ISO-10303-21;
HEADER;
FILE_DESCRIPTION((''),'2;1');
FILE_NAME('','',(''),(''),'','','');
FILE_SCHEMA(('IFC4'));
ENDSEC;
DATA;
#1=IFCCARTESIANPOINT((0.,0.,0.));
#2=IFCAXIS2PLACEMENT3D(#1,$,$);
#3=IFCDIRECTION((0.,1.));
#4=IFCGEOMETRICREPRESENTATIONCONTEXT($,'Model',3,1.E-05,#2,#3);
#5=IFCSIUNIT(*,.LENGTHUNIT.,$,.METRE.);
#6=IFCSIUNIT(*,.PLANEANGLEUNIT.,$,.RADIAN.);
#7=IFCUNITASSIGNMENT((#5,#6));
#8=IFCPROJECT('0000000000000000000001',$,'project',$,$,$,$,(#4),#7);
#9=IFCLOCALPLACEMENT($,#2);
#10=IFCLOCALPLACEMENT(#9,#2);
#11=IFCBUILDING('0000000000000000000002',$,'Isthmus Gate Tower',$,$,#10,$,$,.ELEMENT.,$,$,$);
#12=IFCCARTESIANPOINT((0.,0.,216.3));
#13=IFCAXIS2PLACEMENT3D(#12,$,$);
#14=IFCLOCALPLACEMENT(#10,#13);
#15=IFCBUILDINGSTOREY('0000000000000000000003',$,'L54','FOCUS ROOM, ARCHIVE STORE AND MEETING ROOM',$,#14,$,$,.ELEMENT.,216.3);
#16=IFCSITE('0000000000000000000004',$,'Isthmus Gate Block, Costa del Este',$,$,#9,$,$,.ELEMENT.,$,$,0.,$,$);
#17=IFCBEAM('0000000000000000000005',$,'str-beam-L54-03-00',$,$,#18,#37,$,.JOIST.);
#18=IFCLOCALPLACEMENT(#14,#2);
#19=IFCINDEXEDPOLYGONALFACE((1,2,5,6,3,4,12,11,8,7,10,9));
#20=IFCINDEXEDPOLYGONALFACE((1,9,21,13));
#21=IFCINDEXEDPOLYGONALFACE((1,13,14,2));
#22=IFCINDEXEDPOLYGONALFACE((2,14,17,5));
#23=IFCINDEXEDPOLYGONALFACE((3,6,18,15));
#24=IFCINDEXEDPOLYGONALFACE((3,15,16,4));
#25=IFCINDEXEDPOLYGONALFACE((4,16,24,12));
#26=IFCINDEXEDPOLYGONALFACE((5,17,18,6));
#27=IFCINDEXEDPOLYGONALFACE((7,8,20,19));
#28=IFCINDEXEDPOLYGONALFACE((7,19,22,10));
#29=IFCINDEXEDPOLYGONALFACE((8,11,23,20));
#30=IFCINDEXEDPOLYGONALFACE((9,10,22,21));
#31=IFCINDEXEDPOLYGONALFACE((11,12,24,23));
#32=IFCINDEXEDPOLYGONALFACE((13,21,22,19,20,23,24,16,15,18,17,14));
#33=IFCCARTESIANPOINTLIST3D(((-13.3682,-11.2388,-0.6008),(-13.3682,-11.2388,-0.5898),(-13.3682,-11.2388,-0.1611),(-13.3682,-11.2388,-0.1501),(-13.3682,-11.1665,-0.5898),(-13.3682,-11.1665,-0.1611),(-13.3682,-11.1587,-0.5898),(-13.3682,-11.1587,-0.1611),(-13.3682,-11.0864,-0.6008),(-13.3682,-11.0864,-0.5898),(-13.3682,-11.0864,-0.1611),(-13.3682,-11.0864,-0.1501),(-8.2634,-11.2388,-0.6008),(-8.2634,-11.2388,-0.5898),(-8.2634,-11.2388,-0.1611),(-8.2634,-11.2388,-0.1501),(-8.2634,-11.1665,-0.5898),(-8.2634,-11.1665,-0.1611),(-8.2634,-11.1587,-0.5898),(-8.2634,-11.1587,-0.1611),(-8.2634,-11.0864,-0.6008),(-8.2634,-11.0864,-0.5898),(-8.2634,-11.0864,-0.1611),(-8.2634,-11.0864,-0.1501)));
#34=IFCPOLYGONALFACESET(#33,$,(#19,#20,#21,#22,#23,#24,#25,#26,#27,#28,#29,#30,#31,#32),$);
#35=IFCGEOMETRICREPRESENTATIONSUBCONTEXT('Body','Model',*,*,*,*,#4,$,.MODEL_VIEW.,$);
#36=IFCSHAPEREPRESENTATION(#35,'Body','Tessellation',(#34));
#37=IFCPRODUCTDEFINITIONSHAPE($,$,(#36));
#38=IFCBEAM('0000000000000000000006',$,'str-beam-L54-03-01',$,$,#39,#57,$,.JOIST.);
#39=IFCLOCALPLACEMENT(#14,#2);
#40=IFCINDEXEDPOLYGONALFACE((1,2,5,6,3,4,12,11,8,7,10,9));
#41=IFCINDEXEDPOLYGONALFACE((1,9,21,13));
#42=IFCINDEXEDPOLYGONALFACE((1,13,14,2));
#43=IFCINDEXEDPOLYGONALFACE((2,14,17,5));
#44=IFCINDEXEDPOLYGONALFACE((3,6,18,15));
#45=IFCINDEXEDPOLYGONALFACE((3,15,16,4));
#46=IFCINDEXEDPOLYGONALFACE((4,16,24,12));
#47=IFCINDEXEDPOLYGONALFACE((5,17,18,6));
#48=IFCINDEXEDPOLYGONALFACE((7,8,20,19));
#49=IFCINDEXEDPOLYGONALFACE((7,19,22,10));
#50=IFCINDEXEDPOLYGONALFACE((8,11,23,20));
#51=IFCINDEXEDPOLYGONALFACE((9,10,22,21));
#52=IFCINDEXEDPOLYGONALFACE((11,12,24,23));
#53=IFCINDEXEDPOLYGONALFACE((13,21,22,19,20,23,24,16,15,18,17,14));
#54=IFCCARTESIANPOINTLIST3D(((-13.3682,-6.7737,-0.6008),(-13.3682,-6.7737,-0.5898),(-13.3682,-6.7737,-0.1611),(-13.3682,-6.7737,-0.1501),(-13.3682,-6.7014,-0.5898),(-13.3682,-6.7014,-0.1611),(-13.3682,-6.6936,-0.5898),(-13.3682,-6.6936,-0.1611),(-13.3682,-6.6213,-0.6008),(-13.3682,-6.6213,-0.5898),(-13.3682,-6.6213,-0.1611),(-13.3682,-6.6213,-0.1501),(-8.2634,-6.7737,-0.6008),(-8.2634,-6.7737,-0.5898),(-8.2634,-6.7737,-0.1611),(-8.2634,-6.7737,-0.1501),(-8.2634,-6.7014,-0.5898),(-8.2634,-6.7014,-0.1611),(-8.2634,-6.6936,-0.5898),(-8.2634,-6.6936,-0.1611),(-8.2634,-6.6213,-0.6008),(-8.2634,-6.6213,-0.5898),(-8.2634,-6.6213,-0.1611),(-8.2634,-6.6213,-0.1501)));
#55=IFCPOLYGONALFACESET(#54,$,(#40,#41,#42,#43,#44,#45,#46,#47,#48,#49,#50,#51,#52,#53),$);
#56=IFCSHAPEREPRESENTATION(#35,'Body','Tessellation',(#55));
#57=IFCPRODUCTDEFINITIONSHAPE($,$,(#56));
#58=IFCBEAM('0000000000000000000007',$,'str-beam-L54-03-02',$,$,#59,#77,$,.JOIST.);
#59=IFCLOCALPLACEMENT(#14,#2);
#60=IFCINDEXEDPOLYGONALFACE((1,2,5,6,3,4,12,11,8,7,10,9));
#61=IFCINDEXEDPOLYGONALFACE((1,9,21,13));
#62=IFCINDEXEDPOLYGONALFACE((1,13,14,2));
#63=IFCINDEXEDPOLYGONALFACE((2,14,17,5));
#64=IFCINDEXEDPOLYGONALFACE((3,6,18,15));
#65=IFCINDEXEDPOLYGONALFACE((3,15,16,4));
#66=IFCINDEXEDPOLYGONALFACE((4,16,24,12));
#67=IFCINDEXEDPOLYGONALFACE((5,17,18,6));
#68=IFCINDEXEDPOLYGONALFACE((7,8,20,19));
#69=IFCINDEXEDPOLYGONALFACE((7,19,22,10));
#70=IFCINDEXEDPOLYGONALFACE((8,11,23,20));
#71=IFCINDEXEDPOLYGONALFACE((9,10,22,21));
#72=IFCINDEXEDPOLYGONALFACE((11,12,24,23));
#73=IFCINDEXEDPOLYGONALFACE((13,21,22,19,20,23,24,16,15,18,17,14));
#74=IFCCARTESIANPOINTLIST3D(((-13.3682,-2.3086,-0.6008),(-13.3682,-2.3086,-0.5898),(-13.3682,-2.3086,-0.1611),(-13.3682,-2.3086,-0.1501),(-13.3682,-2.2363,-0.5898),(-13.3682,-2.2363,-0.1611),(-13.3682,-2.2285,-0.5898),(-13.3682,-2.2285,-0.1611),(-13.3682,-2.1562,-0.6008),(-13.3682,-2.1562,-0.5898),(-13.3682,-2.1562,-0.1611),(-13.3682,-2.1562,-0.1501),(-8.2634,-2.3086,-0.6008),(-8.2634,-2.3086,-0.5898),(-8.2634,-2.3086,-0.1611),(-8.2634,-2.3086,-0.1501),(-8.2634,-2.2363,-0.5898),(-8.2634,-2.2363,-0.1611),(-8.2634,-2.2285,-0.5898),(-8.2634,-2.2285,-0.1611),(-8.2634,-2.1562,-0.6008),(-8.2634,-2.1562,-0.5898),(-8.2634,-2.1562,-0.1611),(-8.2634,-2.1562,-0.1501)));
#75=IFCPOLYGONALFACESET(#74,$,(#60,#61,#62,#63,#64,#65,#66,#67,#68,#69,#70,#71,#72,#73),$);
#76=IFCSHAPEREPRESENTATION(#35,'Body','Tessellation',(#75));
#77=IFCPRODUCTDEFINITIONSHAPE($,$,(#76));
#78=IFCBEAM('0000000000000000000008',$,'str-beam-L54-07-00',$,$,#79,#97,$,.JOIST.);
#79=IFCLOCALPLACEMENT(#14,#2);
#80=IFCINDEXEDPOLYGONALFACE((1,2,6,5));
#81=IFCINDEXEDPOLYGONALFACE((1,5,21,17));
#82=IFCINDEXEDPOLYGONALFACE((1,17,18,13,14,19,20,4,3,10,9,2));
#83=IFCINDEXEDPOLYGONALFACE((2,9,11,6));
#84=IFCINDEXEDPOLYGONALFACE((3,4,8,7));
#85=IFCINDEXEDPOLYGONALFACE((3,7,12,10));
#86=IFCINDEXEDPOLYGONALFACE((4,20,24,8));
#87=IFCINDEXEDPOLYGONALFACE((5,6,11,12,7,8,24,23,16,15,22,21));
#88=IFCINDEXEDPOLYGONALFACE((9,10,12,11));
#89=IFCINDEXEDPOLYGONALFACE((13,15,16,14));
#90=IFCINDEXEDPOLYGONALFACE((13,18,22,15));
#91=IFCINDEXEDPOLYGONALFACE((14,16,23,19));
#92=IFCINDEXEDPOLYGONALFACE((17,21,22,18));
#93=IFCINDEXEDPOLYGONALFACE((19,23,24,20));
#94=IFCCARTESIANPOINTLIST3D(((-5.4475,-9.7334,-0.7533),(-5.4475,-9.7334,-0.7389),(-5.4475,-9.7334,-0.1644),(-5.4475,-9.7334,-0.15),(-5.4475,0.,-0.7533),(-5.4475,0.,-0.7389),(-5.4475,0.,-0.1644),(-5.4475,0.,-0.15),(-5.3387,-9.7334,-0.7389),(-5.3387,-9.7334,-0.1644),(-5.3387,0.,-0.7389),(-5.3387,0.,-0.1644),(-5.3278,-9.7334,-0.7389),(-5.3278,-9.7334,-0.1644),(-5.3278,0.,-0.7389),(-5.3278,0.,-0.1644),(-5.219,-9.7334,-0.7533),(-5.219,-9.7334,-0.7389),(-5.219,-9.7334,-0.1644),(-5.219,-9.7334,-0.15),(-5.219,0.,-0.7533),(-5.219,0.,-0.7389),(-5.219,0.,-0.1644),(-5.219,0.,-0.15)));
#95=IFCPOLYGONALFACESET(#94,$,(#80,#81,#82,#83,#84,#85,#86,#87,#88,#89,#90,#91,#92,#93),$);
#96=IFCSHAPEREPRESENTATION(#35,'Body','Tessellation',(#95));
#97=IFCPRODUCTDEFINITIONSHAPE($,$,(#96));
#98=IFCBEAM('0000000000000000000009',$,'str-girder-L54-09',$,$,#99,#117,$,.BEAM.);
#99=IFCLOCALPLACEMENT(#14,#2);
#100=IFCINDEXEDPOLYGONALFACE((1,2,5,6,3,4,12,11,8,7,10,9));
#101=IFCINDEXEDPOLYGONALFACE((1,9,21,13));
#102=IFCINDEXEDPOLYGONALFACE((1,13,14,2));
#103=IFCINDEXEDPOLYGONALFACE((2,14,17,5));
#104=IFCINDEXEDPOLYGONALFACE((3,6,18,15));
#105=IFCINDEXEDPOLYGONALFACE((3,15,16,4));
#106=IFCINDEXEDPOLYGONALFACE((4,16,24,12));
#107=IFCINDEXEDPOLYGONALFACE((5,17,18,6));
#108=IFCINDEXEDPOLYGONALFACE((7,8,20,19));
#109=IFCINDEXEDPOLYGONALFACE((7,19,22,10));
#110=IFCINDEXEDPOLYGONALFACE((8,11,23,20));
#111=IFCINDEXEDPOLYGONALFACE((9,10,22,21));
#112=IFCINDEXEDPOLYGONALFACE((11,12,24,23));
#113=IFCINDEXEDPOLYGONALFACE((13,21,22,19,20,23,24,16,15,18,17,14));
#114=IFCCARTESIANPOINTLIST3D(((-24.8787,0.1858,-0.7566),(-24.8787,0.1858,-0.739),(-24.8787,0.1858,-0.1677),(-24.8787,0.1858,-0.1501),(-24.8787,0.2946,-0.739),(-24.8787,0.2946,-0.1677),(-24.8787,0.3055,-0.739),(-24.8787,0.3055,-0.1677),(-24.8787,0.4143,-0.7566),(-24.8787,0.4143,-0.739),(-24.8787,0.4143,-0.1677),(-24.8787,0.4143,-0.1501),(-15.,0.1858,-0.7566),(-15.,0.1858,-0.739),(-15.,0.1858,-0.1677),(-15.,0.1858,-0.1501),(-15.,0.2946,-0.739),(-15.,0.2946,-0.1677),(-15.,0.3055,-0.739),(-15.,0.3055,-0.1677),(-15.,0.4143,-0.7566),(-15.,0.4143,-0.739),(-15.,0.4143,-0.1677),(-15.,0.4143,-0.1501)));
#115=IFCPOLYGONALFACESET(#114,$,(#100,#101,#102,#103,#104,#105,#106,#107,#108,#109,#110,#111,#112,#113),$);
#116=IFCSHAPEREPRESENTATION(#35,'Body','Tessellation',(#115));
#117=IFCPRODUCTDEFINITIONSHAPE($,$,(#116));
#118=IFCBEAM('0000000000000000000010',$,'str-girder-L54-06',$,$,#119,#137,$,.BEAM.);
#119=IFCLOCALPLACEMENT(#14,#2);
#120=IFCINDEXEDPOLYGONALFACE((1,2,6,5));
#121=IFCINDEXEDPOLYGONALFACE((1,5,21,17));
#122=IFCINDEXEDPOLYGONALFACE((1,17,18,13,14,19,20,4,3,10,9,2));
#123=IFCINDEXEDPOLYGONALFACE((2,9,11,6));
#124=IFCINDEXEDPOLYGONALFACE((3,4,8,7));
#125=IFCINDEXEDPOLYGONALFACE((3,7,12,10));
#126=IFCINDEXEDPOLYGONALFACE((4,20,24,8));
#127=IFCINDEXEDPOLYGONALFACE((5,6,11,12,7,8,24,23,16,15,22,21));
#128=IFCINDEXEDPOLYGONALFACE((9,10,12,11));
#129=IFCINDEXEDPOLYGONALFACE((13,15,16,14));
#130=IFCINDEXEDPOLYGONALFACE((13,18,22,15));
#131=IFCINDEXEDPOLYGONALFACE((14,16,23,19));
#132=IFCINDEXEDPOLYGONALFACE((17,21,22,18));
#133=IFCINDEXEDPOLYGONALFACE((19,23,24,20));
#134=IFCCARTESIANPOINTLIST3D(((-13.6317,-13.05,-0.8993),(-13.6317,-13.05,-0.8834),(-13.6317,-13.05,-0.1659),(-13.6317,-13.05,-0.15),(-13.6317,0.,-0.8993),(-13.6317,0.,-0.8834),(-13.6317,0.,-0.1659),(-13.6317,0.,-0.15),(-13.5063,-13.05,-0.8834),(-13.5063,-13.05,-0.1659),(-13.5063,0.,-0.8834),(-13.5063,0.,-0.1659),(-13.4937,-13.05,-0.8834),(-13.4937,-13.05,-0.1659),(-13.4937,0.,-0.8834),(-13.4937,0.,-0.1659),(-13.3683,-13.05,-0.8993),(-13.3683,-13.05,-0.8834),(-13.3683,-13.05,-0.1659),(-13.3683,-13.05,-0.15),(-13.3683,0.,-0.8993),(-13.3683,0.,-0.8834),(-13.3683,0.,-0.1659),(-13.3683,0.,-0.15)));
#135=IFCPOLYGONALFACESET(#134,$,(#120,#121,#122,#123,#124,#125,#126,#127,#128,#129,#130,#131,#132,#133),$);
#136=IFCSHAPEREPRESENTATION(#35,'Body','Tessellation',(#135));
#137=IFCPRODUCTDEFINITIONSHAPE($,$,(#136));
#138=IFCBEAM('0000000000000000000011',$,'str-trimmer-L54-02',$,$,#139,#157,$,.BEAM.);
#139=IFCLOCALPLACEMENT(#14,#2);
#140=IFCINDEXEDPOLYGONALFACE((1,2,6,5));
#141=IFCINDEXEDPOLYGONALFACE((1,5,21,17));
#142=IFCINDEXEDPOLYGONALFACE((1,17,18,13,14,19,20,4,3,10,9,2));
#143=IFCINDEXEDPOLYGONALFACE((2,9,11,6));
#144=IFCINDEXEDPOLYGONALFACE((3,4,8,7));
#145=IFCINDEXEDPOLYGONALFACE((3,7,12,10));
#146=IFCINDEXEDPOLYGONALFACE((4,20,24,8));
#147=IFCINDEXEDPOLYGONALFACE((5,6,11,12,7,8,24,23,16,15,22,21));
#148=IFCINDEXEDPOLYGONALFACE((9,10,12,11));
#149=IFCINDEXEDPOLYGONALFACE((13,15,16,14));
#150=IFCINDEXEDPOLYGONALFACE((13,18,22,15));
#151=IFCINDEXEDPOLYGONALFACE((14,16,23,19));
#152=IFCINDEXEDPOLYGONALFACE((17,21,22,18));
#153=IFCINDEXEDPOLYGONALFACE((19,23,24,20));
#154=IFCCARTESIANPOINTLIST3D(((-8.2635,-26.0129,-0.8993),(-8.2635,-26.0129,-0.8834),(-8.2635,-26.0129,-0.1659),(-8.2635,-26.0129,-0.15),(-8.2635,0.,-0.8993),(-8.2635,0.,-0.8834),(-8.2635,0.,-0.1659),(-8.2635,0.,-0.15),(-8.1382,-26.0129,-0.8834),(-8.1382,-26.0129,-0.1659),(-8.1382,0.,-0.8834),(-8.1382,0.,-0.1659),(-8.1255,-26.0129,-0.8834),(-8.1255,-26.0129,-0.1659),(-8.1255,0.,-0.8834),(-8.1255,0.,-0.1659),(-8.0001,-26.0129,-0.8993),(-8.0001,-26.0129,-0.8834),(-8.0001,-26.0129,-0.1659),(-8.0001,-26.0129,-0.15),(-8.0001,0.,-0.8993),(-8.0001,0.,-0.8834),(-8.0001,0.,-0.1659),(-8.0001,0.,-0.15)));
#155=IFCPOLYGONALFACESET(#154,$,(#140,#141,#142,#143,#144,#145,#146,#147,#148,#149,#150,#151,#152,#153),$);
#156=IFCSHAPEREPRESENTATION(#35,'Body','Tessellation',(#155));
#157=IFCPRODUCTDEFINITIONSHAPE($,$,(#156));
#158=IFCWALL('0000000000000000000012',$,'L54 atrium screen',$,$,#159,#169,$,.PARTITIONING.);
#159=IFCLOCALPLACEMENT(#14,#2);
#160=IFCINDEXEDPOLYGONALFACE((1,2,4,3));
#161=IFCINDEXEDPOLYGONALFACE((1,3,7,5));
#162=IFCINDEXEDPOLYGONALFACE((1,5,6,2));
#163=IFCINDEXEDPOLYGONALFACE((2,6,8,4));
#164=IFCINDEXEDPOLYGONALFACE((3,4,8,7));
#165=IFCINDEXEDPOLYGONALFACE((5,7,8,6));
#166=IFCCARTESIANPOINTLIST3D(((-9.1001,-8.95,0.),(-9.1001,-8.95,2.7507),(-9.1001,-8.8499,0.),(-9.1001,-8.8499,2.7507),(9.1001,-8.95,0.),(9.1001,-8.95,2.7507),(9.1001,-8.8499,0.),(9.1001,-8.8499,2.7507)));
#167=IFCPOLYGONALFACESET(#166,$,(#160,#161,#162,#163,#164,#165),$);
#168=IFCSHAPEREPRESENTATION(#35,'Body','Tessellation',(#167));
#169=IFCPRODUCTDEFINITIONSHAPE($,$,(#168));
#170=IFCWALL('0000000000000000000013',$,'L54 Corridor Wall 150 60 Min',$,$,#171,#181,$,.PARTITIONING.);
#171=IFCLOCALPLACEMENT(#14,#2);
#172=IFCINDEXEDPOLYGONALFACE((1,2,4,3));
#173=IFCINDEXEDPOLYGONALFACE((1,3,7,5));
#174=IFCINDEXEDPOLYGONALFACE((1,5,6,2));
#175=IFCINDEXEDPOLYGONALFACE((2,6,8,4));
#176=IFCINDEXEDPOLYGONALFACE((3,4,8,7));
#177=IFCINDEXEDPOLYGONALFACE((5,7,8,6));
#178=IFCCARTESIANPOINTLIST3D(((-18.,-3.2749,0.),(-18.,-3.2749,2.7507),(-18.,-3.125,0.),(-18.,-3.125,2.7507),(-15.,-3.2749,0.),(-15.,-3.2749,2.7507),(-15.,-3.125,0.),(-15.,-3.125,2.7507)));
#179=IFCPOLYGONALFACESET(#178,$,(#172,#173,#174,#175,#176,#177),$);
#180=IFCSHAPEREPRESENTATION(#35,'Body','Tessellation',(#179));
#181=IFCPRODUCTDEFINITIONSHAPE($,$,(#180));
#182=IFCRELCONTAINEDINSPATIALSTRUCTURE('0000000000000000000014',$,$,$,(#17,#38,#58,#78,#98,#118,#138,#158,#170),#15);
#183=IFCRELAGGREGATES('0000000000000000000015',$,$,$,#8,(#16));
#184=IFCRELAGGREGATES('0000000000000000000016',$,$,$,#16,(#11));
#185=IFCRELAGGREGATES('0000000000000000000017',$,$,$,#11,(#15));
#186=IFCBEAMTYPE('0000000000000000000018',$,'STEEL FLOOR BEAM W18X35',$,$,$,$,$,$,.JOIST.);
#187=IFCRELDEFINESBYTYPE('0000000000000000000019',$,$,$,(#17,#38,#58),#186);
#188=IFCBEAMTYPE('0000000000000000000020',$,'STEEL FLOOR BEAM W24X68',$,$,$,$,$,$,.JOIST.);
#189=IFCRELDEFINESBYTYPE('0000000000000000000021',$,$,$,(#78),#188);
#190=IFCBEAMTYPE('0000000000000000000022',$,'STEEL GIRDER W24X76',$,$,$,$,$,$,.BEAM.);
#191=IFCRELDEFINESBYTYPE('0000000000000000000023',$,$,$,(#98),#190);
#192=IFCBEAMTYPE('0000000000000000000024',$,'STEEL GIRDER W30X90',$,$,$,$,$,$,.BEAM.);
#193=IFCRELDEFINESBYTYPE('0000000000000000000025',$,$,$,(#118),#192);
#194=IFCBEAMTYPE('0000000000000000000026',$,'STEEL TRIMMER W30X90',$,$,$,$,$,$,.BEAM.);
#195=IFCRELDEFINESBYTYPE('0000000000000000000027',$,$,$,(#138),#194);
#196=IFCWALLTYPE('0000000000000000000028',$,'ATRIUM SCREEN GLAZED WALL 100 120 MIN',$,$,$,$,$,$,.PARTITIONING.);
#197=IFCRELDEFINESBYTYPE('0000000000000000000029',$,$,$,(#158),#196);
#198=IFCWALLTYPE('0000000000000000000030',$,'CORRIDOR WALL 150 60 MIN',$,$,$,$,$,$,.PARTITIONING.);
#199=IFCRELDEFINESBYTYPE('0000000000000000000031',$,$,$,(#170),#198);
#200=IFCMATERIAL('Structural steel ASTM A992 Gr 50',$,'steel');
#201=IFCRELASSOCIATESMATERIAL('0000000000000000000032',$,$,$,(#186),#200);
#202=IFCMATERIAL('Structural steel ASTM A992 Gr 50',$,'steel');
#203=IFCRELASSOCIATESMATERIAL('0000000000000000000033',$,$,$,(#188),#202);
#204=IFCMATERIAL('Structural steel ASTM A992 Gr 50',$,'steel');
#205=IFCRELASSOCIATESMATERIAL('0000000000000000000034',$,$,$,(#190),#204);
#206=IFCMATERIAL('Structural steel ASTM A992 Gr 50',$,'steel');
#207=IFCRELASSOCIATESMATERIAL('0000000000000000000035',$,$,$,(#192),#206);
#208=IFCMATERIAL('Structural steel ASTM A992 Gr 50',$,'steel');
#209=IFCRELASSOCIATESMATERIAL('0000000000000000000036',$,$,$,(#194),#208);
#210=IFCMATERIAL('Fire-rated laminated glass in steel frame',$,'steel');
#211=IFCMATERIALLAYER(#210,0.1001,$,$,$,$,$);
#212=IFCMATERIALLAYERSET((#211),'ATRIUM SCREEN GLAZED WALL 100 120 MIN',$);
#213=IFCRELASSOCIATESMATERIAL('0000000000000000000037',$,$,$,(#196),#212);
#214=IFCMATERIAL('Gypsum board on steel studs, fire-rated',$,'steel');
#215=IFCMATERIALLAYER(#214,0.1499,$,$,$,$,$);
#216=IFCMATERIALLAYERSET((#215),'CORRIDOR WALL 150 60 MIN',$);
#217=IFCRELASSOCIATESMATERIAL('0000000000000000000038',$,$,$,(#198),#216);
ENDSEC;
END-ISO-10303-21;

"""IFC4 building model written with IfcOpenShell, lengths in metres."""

from ifc_helpers import new_model, si_unit, direction, frame, frame_2d, origin, origin_2d, place, context, subcontext, project, spatial, rectangle, i_section, extrude, material, layer, layer_set, material_profile, profile_set, type_object, element, save


model = new_model("IFC4")

# Units and contexts
model_context = context("Model", 3, precision=1e-05, world=origin(), true_north=direction((0.0, 1.0)))
body_context = subcontext(model_context, "Body", "Model", "MODEL_VIEW")
ifc_project = project(units=[si_unit("LENGTHUNIT", "METRE"), si_unit("PLANEANGLEUNIT", "RADIAN")], contexts=[model_context])

# Site, building, storey
site_placement = place(None, origin())
site = spatial("IfcSite", under=ifc_project, at=site_placement, Name="Isthmus Gate Block, Costa del Este", CompositionType="ELEMENT", RefElevation=0.0)
building_placement = place(site_placement, origin())
building = spatial("IfcBuilding", under=site, at=building_placement, Name="Isthmus Gate Tower", CompositionType="ELEMENT")
storey_placement = place(building_placement, frame((0.0, 0.0, 216.3)))
storey = spatial("IfcBuildingStorey", under=building, at=storey_placement, Name="L54", Description="FOCUS ROOM, ARCHIVE STORE AND MEETING ROOM", CompositionType="ELEMENT", Elevation=216.3)

# Beams
ifc_material_1 = material(Name="Structural steel ASTM A992 Gr 50", Category="steel")
ifc_material_profile_1 = material_profile(ifc_material_1, i_section(OverallWidth=0.1523, OverallDepth=0.4507, WebThickness=0.0078, FlangeThickness=0.011, at=origin_2d()), Name="W18X35")
ifc_profile_set_1 = profile_set([ifc_material_profile_1], Name="Structural steel ASTM A992 Gr 50")
beam_type_1 = type_object("IfcBeamType", Name="STEEL FLOOR BEAM W18X35", PredefinedType="JOIST", material=ifc_profile_set_1)
for number, where, z_axis, x_axis, name in (
    (1, (-13.3682, -11.1626, -0.3755), (1.0, 0.0, 0.0), (0.0, 1.0, 0.0), "str-beam-L54-03-00"),
    (2, (-13.3682, -6.6975, -0.3755), (1.0, 0.0, 0.0), (0.0, 1.0, 0.0), "str-beam-L54-03-01"),
    (3, (-13.3682, -2.2324, -0.3755), (1.0, 0.0, 0.0), (0.0, 1.0, 0.0), "str-beam-L54-03-02"),
):
    element("IfcBeam", number, at=place(storey_placement, frame(where, z_axis=z_axis, x_axis=x_axis)), inside=storey, type_object=beam_type_1, Name=name, PredefinedType="JOIST", context=body_context, shape_type="SweptSolid", body=[
        extrude(i_section(OverallWidth=0.1523, OverallDepth=0.4507, WebThickness=0.0078, FlangeThickness=0.011, at=origin_2d()), origin(), (0.0, 0.0, 1.0), 5.1047),
    ])
ifc_material_2 = material(Name="Structural steel ASTM A992 Gr 50", Category="steel")
ifc_material_profile_2 = material_profile(ifc_material_2, i_section(OverallWidth=0.2285, OverallDepth=0.6033, WebThickness=0.011, FlangeThickness=0.0144, at=origin_2d()), Name="W24X68")
ifc_profile_set_2 = profile_set([ifc_material_profile_2], Name="Structural steel ASTM A992 Gr 50")
beam_type_2 = type_object("IfcBeamType", Name="STEEL FLOOR BEAM W24X68", PredefinedType="JOIST", material=ifc_profile_set_2)
beam_1_placement = place(storey_placement, frame((-5.3333, -9.7334, -0.4517), z_axis=(0.0, 1.0, 0.0), x_axis=(-1.0, 0.0, 0.0)))
element("IfcBeam", 4, at=beam_1_placement, inside=storey, type_object=beam_type_2, Name="str-beam-L54-07-00", PredefinedType="JOIST", context=body_context, shape_type="SweptSolid", body=[
    extrude(i_section(OverallWidth=0.2285, OverallDepth=0.6033, WebThickness=0.011, FlangeThickness=0.0144, at=origin_2d()), origin(), (0.0, 0.0, 1.0), 9.7334),
])
ifc_material_3 = material(Name="Structural steel ASTM A992 Gr 50", Category="steel")
ifc_material_profile_3 = material_profile(ifc_material_3, i_section(OverallWidth=0.2285, OverallDepth=0.6064, WebThickness=0.011, FlangeThickness=0.0176, at=origin_2d()), Name="W24X76")
ifc_profile_set_3 = profile_set([ifc_material_profile_3], Name="Structural steel ASTM A992 Gr 50")
beam_type_3 = type_object("IfcBeamType", Name="STEEL GIRDER W24X76", PredefinedType="BEAM", material=ifc_profile_set_3)
beam_2_placement = place(storey_placement, frame((-15.0, 0.3, -0.4534), z_axis=(-1.0, 0.0, 0.0), x_axis=(0.0, -1.0, 0.0)))
element("IfcBeam", 5, at=beam_2_placement, inside=storey, type_object=beam_type_3, Name="str-girder-L54-09", PredefinedType="BEAM", context=body_context, shape_type="SweptSolid", body=[
    extrude(i_section(OverallWidth=0.2285, OverallDepth=0.6064, WebThickness=0.011, FlangeThickness=0.0176, at=origin_2d()), origin(), (0.0, 0.0, 1.0), 9.8787),
])
ifc_material_4 = material(Name="Structural steel ASTM A992 Gr 50", Category="steel")
ifc_material_profile_4 = material_profile(ifc_material_4, i_section(OverallWidth=0.2634, OverallDepth=0.7493, WebThickness=0.0127, FlangeThickness=0.0159, at=origin_2d()), Name="W30X90")
ifc_profile_set_4 = profile_set([ifc_material_profile_4], Name="Structural steel ASTM A992 Gr 50")
beam_type_4 = type_object("IfcBeamType", Name="STEEL GIRDER W30X90", PredefinedType="BEAM", material=ifc_profile_set_4)
beam_3_placement = place(storey_placement, frame((-13.5, -13.05, -0.5247), z_axis=(0.0, 1.0, 0.0), x_axis=(-1.0, 0.0, 0.0)))
element("IfcBeam", 6, at=beam_3_placement, inside=storey, type_object=beam_type_4, Name="str-girder-L54-06", PredefinedType="BEAM", context=body_context, shape_type="SweptSolid", body=[
    extrude(i_section(OverallWidth=0.2634, OverallDepth=0.7493, WebThickness=0.0127, FlangeThickness=0.0159, at=origin_2d()), origin(), (0.0, 0.0, 1.0), 13.05),
])
ifc_material_5 = material(Name="Structural steel ASTM A992 Gr 50", Category="steel")
ifc_material_profile_5 = material_profile(ifc_material_5, i_section(OverallWidth=0.2634, OverallDepth=0.7493, WebThickness=0.0127, FlangeThickness=0.0159, at=origin_2d()), Name="W30X90")
ifc_profile_set_5 = profile_set([ifc_material_profile_5], Name="Structural steel ASTM A992 Gr 50")
beam_type_5 = type_object("IfcBeamType", Name="STEEL TRIMMER W30X90", PredefinedType="BEAM", material=ifc_profile_set_5)
beam_4_placement = place(storey_placement, frame((-8.1318, 0.0, -0.5247), z_axis=(0.0, -1.0, 0.0), x_axis=(1.0, 0.0, 0.0)))
element("IfcBeam", 7, at=beam_4_placement, inside=storey, type_object=beam_type_5, Name="str-trimmer-L54-02", PredefinedType="BEAM", context=body_context, shape_type="SweptSolid", body=[
    extrude(i_section(OverallWidth=0.2634, OverallDepth=0.7493, WebThickness=0.0127, FlangeThickness=0.0159, at=origin_2d()), origin(), (0.0, 0.0, 1.0), 26.0129),
])

# Walls
ifc_material_6 = material(Name="Fire-rated laminated glass in steel frame", Category="steel")
ifc_layer_1 = layer(ifc_material_6, 0.1001)
ifc_layer_set_1 = layer_set([ifc_layer_1], Name="ATRIUM SCREEN GLAZED WALL 100 120 MIN")
wall_type_1 = type_object("IfcWallType", Name="ATRIUM SCREEN GLAZED WALL 100 120 MIN", PredefinedType="PARTITIONING", material=ifc_layer_set_1)
wall_1_placement = place(storey_placement, frame((-9.1001, -8.8999, 0.0), z_axis=(0.0, 0.0, 1.0), x_axis=(1.0, 0.0, 0.0)))
element("IfcWall", 8, at=wall_1_placement, inside=storey, type_object=wall_type_1, Name="L54 atrium screen", PredefinedType="PARTITIONING", context=body_context, shape_type="SweptSolid", body=[
    extrude(rectangle(XDim=18.2002, YDim=0.1001, at=frame_2d((9.1001, 0.0))), origin(), (0.0, 0.0, 1.0), 2.7507),
])
ifc_material_7 = material(Name="Gypsum board on steel studs, fire-rated", Category="steel")
ifc_layer_2 = layer(ifc_material_7, 0.1499)
ifc_layer_set_2 = layer_set([ifc_layer_2], Name="CORRIDOR WALL 150 60 MIN")
wall_type_2 = type_object("IfcWallType", Name="CORRIDOR WALL 150 60 MIN", PredefinedType="PARTITIONING", material=ifc_layer_set_2)
wall_2_placement = place(storey_placement, frame((-15.0, -3.2, 0.0), z_axis=(0.0, 0.0, 1.0), x_axis=(-1.0, 0.0, 0.0)))
element("IfcWall", 9, at=wall_2_placement, inside=storey, type_object=wall_type_2, Name="L54 Corridor Wall 150 60 Min", PredefinedType="PARTITIONING", context=body_context, shape_type="SweptSolid", body=[
    extrude(rectangle(XDim=3.0, YDim=0.1499, at=frame_2d((1.5, 0.0))), origin(), (0.0, 0.0, 1.0), 2.7507),
])

save(model, "model.ifc")
